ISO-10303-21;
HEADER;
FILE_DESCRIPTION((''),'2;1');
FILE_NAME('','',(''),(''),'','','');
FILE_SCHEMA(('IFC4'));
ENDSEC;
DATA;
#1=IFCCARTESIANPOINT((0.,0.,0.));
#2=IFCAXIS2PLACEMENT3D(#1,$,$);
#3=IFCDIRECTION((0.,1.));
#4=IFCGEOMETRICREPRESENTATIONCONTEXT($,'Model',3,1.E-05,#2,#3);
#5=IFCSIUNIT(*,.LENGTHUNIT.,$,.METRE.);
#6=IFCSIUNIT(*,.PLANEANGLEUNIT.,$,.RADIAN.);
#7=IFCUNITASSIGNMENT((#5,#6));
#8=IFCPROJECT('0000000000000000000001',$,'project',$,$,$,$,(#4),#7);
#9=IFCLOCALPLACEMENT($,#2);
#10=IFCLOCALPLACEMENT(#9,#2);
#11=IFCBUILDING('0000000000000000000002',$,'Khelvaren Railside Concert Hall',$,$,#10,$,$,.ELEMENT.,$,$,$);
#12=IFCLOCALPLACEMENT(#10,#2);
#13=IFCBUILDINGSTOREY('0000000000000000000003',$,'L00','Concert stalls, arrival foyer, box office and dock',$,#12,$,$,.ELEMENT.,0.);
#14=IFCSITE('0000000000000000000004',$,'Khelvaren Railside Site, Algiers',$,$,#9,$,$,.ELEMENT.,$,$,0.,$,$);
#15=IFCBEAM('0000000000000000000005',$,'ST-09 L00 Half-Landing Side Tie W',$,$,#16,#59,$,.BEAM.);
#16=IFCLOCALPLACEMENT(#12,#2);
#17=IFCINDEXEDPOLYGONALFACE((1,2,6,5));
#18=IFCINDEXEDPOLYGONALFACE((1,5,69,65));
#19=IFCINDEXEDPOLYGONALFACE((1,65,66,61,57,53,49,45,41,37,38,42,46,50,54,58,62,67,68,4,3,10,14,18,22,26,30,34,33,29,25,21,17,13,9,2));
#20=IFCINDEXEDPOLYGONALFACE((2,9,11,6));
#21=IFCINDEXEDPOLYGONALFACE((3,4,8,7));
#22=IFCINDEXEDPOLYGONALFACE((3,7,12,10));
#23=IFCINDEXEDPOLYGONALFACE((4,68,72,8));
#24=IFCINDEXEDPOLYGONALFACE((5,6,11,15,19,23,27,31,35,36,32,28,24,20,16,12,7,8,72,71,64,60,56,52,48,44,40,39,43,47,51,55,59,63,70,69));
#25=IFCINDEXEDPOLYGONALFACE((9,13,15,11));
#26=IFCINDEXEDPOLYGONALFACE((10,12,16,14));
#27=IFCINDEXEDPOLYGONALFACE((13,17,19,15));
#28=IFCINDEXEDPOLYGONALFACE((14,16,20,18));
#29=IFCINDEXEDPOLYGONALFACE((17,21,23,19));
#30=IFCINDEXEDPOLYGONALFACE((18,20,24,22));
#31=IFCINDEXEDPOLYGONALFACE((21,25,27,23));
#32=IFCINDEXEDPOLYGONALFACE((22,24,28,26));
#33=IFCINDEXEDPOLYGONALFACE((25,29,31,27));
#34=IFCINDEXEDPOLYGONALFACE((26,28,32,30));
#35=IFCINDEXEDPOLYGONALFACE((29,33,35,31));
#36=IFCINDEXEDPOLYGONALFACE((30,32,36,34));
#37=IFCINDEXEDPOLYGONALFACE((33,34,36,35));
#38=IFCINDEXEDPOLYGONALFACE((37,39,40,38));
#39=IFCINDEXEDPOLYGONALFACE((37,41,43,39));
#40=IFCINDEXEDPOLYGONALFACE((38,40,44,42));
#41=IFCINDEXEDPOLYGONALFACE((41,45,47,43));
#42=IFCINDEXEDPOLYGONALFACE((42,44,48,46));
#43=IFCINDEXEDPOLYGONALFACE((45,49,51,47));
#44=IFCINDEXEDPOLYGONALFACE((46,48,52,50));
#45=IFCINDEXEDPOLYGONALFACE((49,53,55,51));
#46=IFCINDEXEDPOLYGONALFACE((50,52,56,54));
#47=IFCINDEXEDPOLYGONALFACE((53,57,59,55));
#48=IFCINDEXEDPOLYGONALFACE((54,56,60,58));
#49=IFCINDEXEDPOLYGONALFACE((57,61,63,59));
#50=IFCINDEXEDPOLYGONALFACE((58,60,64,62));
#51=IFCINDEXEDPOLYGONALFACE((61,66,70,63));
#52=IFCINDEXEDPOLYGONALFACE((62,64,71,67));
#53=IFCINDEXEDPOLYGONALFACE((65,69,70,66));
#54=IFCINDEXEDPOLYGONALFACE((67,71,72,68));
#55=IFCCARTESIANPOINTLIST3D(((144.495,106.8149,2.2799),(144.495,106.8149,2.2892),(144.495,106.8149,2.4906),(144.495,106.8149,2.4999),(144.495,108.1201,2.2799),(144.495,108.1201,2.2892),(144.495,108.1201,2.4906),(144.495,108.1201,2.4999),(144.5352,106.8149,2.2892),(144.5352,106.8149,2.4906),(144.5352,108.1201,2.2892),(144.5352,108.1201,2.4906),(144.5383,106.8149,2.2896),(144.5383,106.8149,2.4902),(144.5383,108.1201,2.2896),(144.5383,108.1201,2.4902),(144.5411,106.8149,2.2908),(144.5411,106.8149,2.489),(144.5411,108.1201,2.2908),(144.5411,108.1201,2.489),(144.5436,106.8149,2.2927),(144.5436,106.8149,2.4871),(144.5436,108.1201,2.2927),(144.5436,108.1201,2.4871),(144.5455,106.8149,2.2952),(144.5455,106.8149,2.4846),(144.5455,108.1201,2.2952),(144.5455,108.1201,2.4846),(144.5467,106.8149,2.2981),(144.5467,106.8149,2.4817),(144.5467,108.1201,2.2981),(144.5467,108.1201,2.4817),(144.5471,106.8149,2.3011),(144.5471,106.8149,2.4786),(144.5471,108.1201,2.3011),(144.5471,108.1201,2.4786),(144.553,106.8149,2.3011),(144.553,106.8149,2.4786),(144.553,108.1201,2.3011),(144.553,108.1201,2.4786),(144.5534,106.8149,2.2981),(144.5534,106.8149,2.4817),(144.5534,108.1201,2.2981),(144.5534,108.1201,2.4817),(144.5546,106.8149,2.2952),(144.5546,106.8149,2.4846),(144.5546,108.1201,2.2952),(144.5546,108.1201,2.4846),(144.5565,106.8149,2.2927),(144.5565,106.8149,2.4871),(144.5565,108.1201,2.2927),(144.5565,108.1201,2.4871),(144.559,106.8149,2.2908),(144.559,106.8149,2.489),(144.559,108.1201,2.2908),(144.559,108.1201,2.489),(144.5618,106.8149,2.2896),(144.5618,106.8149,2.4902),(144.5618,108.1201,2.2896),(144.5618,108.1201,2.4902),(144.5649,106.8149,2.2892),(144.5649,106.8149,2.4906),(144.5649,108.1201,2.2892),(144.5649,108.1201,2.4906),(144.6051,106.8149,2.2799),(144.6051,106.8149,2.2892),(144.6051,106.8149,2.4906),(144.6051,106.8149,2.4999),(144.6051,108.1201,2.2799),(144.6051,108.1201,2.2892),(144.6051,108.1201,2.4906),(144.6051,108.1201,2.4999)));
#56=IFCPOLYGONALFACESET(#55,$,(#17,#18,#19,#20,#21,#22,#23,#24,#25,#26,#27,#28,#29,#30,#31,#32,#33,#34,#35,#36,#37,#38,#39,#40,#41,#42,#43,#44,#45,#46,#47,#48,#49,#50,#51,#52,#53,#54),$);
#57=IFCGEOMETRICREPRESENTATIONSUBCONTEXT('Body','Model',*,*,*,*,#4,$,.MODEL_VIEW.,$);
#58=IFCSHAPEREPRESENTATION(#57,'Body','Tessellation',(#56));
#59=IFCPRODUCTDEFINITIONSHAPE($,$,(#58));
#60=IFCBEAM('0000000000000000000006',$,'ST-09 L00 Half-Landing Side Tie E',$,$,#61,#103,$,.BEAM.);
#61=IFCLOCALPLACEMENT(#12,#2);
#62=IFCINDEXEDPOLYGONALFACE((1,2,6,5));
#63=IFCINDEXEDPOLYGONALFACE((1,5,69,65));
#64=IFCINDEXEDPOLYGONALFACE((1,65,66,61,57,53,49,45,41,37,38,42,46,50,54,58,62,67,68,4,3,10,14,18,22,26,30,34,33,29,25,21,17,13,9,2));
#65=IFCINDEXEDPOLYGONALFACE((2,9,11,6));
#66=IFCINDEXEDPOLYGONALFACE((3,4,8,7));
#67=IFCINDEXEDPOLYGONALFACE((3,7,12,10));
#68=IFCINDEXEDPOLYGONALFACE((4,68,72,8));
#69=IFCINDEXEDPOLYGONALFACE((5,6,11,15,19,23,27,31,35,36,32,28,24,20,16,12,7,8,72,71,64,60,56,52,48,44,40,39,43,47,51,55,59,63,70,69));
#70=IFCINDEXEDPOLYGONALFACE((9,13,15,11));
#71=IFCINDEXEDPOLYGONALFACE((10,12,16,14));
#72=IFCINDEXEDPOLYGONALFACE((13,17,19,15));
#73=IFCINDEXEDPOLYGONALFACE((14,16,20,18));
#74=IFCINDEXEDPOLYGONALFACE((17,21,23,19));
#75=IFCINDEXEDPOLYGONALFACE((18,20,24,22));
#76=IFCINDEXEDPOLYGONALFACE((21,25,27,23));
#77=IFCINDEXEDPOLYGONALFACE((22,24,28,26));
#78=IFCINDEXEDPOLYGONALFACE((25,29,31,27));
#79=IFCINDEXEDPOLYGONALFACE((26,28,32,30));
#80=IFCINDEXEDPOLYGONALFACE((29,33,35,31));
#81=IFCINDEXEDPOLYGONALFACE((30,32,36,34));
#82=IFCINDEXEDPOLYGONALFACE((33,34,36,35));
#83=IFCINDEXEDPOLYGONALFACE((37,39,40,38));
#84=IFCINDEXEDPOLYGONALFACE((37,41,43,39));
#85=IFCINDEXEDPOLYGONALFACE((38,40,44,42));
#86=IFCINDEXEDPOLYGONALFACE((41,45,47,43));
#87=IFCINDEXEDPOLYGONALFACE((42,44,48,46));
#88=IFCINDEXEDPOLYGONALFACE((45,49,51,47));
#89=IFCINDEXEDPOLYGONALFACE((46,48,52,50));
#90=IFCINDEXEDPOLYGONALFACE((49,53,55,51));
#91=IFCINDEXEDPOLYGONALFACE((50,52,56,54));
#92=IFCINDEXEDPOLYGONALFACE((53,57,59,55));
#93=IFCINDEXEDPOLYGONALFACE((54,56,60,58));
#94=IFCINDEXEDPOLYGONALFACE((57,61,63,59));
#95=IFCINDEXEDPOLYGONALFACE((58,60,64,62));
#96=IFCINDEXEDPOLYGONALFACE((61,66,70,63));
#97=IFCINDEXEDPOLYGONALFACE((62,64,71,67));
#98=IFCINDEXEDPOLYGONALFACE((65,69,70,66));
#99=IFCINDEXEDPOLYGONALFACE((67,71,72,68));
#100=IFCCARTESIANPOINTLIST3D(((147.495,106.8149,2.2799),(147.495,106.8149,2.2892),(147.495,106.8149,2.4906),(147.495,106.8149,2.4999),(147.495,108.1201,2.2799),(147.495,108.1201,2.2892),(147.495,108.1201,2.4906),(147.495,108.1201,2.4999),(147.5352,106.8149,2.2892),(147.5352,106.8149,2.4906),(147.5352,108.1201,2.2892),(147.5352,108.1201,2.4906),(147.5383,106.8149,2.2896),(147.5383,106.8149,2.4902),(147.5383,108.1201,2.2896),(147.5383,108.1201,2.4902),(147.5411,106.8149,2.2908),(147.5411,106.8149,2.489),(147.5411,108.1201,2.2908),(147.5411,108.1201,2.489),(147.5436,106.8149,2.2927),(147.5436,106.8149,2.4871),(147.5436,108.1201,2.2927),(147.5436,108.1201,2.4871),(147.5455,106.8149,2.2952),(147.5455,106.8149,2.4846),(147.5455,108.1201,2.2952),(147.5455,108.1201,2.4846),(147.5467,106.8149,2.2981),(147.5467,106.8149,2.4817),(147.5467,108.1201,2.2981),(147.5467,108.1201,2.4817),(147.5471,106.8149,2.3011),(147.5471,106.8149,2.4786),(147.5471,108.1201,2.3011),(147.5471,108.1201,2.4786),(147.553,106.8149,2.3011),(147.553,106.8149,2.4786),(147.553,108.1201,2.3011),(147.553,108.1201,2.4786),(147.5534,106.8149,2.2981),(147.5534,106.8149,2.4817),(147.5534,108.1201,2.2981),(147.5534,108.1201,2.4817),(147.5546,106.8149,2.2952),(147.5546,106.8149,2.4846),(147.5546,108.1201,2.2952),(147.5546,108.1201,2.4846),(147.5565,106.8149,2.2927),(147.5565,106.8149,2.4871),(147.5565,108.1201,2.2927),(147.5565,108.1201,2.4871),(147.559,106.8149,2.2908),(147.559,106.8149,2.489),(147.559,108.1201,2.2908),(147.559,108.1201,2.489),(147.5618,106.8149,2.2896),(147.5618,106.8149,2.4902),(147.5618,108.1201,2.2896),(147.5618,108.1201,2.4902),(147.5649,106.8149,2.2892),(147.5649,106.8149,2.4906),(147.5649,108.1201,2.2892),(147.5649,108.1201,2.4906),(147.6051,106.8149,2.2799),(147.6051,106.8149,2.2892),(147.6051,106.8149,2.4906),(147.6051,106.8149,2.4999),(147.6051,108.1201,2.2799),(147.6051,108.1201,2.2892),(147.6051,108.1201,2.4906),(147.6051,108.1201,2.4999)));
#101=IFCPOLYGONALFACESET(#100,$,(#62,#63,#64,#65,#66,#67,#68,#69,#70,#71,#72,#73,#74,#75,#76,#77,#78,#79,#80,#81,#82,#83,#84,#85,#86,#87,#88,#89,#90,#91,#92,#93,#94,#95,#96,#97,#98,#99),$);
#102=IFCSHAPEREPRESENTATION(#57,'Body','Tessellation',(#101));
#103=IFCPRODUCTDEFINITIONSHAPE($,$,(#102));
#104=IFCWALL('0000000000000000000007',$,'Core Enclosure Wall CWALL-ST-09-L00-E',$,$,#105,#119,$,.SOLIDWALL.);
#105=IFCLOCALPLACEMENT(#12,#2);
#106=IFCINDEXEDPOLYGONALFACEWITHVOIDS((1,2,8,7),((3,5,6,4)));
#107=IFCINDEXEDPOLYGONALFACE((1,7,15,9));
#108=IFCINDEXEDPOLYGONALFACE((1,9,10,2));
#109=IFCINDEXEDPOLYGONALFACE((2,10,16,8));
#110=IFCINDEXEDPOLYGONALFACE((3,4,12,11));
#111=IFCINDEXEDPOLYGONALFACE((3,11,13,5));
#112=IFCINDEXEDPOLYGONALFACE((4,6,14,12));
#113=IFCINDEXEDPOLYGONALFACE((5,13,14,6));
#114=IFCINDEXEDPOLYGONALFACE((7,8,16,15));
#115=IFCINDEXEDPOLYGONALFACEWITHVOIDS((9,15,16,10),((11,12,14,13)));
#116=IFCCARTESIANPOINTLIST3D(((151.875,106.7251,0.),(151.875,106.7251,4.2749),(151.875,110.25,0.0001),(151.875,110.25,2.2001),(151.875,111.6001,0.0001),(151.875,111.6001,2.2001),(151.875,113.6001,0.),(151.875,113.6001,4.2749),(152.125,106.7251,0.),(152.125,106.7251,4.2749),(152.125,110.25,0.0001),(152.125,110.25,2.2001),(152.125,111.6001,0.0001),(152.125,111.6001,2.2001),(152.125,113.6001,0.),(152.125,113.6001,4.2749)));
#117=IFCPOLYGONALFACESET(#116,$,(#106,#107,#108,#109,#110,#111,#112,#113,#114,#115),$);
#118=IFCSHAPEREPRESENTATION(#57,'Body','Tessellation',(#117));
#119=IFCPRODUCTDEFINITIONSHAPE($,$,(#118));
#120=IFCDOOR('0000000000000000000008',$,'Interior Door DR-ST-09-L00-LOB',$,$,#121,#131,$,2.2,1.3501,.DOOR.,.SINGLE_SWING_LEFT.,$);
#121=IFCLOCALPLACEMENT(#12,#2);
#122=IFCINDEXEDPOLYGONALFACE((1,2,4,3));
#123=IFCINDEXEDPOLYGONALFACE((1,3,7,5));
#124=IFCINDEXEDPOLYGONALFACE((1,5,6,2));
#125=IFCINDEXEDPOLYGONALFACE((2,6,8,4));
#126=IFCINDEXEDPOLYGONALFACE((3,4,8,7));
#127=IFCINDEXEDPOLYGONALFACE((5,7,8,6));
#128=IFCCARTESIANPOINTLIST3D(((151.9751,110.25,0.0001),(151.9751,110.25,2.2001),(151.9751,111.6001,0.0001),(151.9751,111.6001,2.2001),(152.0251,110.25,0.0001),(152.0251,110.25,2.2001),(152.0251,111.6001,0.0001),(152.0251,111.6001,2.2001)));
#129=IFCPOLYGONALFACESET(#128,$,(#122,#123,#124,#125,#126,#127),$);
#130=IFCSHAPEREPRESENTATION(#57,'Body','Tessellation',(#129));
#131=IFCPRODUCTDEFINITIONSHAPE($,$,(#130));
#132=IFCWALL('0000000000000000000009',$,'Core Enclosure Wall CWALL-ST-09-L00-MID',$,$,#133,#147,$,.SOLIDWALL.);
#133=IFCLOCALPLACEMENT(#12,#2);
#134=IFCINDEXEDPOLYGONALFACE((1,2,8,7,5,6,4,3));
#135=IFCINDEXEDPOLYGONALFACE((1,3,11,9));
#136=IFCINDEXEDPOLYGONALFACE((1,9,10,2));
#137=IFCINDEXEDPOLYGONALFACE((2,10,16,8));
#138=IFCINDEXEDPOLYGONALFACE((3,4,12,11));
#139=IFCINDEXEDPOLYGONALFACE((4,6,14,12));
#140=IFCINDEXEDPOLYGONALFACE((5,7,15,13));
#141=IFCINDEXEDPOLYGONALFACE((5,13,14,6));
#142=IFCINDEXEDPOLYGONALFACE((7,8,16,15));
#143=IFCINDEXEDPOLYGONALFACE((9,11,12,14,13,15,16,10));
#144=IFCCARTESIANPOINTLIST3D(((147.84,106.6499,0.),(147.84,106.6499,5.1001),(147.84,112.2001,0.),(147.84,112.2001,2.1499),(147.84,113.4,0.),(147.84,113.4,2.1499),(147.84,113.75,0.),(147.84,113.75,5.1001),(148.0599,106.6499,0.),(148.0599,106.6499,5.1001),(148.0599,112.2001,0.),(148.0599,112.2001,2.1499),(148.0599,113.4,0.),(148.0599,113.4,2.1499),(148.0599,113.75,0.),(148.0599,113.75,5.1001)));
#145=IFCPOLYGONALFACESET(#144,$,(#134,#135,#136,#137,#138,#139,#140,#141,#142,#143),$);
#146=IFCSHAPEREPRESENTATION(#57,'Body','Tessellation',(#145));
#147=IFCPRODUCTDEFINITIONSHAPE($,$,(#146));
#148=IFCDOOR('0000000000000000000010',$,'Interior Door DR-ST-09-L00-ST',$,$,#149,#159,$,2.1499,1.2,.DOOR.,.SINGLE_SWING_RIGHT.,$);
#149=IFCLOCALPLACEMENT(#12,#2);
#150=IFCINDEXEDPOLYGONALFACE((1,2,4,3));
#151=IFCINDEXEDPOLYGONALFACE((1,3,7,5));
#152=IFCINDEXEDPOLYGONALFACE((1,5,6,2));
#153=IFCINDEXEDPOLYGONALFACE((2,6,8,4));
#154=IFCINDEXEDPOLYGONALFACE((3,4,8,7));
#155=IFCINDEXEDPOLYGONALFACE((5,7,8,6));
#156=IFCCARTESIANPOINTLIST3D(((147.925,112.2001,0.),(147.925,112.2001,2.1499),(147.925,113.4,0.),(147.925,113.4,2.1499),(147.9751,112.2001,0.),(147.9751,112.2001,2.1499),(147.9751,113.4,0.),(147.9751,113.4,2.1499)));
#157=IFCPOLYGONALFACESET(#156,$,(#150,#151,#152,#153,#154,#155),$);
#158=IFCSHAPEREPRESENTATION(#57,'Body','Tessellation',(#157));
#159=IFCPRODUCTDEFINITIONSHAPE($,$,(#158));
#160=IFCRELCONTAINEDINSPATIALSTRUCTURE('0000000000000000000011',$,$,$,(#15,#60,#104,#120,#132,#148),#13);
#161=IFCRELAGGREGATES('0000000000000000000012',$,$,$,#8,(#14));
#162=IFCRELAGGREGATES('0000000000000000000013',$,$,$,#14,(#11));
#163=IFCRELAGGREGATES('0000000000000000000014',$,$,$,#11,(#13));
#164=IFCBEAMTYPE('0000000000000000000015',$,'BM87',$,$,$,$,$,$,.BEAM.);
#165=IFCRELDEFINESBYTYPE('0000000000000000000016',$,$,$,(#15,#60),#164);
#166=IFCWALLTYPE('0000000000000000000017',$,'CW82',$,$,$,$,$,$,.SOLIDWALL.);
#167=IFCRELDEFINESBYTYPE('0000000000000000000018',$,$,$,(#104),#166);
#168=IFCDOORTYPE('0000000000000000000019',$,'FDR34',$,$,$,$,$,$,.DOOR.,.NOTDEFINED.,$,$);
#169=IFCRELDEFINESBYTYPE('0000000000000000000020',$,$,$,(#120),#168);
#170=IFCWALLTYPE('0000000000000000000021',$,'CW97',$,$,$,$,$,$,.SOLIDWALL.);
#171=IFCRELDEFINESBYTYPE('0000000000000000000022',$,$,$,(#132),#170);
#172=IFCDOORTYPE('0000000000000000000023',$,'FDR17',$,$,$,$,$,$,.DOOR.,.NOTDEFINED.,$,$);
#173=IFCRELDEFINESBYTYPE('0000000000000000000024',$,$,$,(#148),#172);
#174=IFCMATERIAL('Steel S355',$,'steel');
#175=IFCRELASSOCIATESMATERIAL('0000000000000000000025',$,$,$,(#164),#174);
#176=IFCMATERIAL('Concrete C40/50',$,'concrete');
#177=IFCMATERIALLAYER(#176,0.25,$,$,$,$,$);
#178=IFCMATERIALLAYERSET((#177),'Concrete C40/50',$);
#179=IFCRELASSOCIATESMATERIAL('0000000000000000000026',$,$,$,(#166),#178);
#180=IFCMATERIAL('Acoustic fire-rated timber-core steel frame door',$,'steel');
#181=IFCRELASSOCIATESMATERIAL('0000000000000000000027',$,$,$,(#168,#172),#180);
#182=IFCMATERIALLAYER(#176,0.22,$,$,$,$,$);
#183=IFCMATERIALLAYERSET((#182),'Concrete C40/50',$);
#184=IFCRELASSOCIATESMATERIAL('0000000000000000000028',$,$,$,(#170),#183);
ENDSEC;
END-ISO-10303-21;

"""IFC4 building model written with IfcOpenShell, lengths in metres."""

from ifc_helpers import new_model, si_unit, direction, frame, frame_2d, origin, origin_2d, place, context, subcontext, project, spatial, rectangle, i_section, extrude, material, layer, layer_set, material_profile, profile_set, type_object, element, fill, save


model = new_model("IFC4")

# Units and contexts
model_context = context("Model", 3, precision=1e-05, world=origin(), true_north=direction((0.0, 1.0)))
body_context = subcontext(model_context, "Body", "Model", "MODEL_VIEW")
ifc_project = project(units=[si_unit("LENGTHUNIT", "METRE"), si_unit("PLANEANGLEUNIT", "RADIAN")], contexts=[model_context])

# Site, building, storey
site_placement = place(None, origin())
site = spatial("IfcSite", under=ifc_project, at=site_placement, Name="Khelvaren Railside Site, Algiers", CompositionType="ELEMENT", RefElevation=0.0)
building_placement = place(site_placement, origin())
building = spatial("IfcBuilding", under=site, at=building_placement, Name="Khelvaren Railside Concert Hall", CompositionType="ELEMENT")
storey_placement = place(building_placement, origin())
storey = spatial("IfcBuildingStorey", under=building, at=storey_placement, Name="L00", Description="Concert stalls, arrival foyer, box office and dock", CompositionType="ELEMENT", Elevation=0.0)

# Beams
ifc_material_1 = material(Name="Steel S355", Category="steel")
ifc_material_profile = material_profile(ifc_material_1, i_section(OverallWidth=0.1101, OverallDepth=0.22, WebThickness=0.0059, FlangeThickness=0.0093, FilletRadius=0.012, at=origin_2d()), Name="IPE 220")
ifc_profile_set = profile_set([ifc_material_profile], Name="Steel S355")
beam_type = type_object("IfcBeamType", Name="BM87", PredefinedType="BEAM", material=ifc_profile_set)
for number, where, z_axis, x_axis, name in (
    (1, (144.55, 106.8149, 2.3899), (0.0, 1.0, 0.0), (-1.0, 0.0, 0.0), "ST-09 L00 Half-Landing Side Tie W"),
    (2, (147.55, 106.8149, 2.3899), (0.0, 1.0, 0.0), (-1.0, 0.0, 0.0), "ST-09 L00 Half-Landing Side Tie E"),
):
    element("IfcBeam", number, at=place(storey_placement, frame(where, z_axis=z_axis, x_axis=x_axis)), inside=storey, type_object=beam_type, Name=name, PredefinedType="BEAM", context=body_context, shape_type="SweptSolid", body=[
        extrude(i_section(OverallWidth=0.1101, OverallDepth=0.22, WebThickness=0.0059, FlangeThickness=0.0093, FilletRadius=0.012, at=origin_2d()), origin(), (0.0, 0.0, 1.0), 1.3052),
    ])

# Walls, openings, doors
ifc_material_2 = material(Name="Concrete C40/50", Category="concrete")
ifc_layer_1 = layer(ifc_material_2, 0.25)
ifc_layer_set_1 = layer_set([ifc_layer_1], Name="Concrete C40/50")
wall_type_1 = type_object("IfcWallType", Name="CW82", PredefinedType="SOLIDWALL", material=ifc_layer_set_1)
wall_1_placement = place(storey_placement, frame((152.0, 106.7251, 0.0), z_axis=(0.0, 0.0, 1.0), x_axis=(0.0, 1.0, 0.0)))
wall_1 = element("IfcWall", 3, at=wall_1_placement, inside=storey, type_object=wall_type_1, Name="Core Enclosure Wall CWALL-ST-09-L00-E", PredefinedType="SOLIDWALL", context=body_context, shape_type="SweptSolid", body=[
    extrude(rectangle(XDim=6.875, YDim=0.25, at=frame_2d((3.4375, 0.0))), origin(), (0.0, 0.0, 1.0), 4.2749),
])
opening_1_placement = place(wall_1_placement, frame((3.5249, 0.0, 0.0)))
opening_1 = element("IfcOpeningElement", 4, at=opening_1_placement, cuts=wall_1, PredefinedType="OPENING", context=body_context, shape_type="SweptSolid", body=[
    extrude(rectangle(XDim=1.3501, YDim=2.2, at=frame_2d((0.675, 1.1001))), frame((0.0, 0.135, 0.0), z_axis=(0.0, -1.0, 0.0), x_axis=(1.0, 0.0, 0.0)), (0.0, 0.0, 1.0), 0.27),
])
ifc_material_3 = material(Name="Acoustic fire-rated timber-core steel frame door", Category="steel")
door_type_1 = type_object("IfcDoorType", Name="FDR34", OperationType="NOTDEFINED", PredefinedType="DOOR", material=ifc_material_3)
door_1_placement = place(opening_1_placement, origin())
door_1 = element("IfcDoor", 5, at=door_1_placement, inside=storey, type_object=door_type_1, Name="Interior Door DR-ST-09-L00-LOB", OperationType="SINGLE_SWING_LEFT", OverallHeight=2.2, OverallWidth=1.3501, PredefinedType="DOOR", context=body_context, shape_type="SweptSolid", body=[
    extrude(rectangle(XDim=1.3501, YDim=2.2, at=frame_2d((0.675, 1.1001))), frame((0.0, 0.0249, 0.0), z_axis=(0.0, -1.0, 0.0), x_axis=(1.0, 0.0, 0.0)), (0.0, 0.0, 1.0), 0.05),
])
fill(opening_1, door_1)
ifc_layer_2 = layer(ifc_material_2, 0.22)
ifc_layer_set_2 = layer_set([ifc_layer_2], Name="Concrete C40/50")
wall_type_2 = type_object("IfcWallType", Name="CW97", PredefinedType="SOLIDWALL", material=ifc_layer_set_2)
wall_2_placement = place(storey_placement, frame((147.95, 106.6499, 0.0), z_axis=(0.0, 0.0, 1.0), x_axis=(0.0, 1.0, 0.0)))
wall_2 = element("IfcWall", 6, at=wall_2_placement, inside=storey, type_object=wall_type_2, Name="Core Enclosure Wall CWALL-ST-09-L00-MID", PredefinedType="SOLIDWALL", context=body_context, shape_type="SweptSolid", body=[
    extrude(rectangle(XDim=7.1001, YDim=0.22, at=frame_2d((3.55, 0.0))), origin(), (0.0, 0.0, 1.0), 5.1001),
])
opening_2_placement = place(wall_2_placement, frame((5.55, 0.0, 0.0)))
opening_2 = element("IfcOpeningElement", 7, at=opening_2_placement, cuts=wall_2, PredefinedType="OPENING", context=body_context, shape_type="SweptSolid", body=[
    extrude(rectangle(XDim=1.2, YDim=2.1499, at=frame_2d((0.6001, 1.075))), frame((0.0, 0.1199, 0.0), z_axis=(0.0, -1.0, 0.0), x_axis=(1.0, 0.0, 0.0)), (0.0, 0.0, 1.0), 0.24),
])
door_type_2 = type_object("IfcDoorType", Name="FDR17", OperationType="NOTDEFINED", PredefinedType="DOOR", material=ifc_material_3)
door_2_placement = place(opening_2_placement, origin())
door_2 = element("IfcDoor", 8, at=door_2_placement, inside=storey, type_object=door_type_2, Name="Interior Door DR-ST-09-L00-ST", OperationType="SINGLE_SWING_RIGHT", OverallHeight=2.1499, OverallWidth=1.2, PredefinedType="DOOR", context=body_context, shape_type="SweptSolid", body=[
    extrude(rectangle(XDim=1.2, YDim=2.1499, at=frame_2d((0.6001, 1.075))), frame((0.0, 0.0249, 0.0), z_axis=(0.0, -1.0, 0.0), x_axis=(1.0, 0.0, 0.0)), (0.0, 0.0, 1.0), 0.05),
])
fill(opening_2, door_2)

save(model, "model.ifc")
